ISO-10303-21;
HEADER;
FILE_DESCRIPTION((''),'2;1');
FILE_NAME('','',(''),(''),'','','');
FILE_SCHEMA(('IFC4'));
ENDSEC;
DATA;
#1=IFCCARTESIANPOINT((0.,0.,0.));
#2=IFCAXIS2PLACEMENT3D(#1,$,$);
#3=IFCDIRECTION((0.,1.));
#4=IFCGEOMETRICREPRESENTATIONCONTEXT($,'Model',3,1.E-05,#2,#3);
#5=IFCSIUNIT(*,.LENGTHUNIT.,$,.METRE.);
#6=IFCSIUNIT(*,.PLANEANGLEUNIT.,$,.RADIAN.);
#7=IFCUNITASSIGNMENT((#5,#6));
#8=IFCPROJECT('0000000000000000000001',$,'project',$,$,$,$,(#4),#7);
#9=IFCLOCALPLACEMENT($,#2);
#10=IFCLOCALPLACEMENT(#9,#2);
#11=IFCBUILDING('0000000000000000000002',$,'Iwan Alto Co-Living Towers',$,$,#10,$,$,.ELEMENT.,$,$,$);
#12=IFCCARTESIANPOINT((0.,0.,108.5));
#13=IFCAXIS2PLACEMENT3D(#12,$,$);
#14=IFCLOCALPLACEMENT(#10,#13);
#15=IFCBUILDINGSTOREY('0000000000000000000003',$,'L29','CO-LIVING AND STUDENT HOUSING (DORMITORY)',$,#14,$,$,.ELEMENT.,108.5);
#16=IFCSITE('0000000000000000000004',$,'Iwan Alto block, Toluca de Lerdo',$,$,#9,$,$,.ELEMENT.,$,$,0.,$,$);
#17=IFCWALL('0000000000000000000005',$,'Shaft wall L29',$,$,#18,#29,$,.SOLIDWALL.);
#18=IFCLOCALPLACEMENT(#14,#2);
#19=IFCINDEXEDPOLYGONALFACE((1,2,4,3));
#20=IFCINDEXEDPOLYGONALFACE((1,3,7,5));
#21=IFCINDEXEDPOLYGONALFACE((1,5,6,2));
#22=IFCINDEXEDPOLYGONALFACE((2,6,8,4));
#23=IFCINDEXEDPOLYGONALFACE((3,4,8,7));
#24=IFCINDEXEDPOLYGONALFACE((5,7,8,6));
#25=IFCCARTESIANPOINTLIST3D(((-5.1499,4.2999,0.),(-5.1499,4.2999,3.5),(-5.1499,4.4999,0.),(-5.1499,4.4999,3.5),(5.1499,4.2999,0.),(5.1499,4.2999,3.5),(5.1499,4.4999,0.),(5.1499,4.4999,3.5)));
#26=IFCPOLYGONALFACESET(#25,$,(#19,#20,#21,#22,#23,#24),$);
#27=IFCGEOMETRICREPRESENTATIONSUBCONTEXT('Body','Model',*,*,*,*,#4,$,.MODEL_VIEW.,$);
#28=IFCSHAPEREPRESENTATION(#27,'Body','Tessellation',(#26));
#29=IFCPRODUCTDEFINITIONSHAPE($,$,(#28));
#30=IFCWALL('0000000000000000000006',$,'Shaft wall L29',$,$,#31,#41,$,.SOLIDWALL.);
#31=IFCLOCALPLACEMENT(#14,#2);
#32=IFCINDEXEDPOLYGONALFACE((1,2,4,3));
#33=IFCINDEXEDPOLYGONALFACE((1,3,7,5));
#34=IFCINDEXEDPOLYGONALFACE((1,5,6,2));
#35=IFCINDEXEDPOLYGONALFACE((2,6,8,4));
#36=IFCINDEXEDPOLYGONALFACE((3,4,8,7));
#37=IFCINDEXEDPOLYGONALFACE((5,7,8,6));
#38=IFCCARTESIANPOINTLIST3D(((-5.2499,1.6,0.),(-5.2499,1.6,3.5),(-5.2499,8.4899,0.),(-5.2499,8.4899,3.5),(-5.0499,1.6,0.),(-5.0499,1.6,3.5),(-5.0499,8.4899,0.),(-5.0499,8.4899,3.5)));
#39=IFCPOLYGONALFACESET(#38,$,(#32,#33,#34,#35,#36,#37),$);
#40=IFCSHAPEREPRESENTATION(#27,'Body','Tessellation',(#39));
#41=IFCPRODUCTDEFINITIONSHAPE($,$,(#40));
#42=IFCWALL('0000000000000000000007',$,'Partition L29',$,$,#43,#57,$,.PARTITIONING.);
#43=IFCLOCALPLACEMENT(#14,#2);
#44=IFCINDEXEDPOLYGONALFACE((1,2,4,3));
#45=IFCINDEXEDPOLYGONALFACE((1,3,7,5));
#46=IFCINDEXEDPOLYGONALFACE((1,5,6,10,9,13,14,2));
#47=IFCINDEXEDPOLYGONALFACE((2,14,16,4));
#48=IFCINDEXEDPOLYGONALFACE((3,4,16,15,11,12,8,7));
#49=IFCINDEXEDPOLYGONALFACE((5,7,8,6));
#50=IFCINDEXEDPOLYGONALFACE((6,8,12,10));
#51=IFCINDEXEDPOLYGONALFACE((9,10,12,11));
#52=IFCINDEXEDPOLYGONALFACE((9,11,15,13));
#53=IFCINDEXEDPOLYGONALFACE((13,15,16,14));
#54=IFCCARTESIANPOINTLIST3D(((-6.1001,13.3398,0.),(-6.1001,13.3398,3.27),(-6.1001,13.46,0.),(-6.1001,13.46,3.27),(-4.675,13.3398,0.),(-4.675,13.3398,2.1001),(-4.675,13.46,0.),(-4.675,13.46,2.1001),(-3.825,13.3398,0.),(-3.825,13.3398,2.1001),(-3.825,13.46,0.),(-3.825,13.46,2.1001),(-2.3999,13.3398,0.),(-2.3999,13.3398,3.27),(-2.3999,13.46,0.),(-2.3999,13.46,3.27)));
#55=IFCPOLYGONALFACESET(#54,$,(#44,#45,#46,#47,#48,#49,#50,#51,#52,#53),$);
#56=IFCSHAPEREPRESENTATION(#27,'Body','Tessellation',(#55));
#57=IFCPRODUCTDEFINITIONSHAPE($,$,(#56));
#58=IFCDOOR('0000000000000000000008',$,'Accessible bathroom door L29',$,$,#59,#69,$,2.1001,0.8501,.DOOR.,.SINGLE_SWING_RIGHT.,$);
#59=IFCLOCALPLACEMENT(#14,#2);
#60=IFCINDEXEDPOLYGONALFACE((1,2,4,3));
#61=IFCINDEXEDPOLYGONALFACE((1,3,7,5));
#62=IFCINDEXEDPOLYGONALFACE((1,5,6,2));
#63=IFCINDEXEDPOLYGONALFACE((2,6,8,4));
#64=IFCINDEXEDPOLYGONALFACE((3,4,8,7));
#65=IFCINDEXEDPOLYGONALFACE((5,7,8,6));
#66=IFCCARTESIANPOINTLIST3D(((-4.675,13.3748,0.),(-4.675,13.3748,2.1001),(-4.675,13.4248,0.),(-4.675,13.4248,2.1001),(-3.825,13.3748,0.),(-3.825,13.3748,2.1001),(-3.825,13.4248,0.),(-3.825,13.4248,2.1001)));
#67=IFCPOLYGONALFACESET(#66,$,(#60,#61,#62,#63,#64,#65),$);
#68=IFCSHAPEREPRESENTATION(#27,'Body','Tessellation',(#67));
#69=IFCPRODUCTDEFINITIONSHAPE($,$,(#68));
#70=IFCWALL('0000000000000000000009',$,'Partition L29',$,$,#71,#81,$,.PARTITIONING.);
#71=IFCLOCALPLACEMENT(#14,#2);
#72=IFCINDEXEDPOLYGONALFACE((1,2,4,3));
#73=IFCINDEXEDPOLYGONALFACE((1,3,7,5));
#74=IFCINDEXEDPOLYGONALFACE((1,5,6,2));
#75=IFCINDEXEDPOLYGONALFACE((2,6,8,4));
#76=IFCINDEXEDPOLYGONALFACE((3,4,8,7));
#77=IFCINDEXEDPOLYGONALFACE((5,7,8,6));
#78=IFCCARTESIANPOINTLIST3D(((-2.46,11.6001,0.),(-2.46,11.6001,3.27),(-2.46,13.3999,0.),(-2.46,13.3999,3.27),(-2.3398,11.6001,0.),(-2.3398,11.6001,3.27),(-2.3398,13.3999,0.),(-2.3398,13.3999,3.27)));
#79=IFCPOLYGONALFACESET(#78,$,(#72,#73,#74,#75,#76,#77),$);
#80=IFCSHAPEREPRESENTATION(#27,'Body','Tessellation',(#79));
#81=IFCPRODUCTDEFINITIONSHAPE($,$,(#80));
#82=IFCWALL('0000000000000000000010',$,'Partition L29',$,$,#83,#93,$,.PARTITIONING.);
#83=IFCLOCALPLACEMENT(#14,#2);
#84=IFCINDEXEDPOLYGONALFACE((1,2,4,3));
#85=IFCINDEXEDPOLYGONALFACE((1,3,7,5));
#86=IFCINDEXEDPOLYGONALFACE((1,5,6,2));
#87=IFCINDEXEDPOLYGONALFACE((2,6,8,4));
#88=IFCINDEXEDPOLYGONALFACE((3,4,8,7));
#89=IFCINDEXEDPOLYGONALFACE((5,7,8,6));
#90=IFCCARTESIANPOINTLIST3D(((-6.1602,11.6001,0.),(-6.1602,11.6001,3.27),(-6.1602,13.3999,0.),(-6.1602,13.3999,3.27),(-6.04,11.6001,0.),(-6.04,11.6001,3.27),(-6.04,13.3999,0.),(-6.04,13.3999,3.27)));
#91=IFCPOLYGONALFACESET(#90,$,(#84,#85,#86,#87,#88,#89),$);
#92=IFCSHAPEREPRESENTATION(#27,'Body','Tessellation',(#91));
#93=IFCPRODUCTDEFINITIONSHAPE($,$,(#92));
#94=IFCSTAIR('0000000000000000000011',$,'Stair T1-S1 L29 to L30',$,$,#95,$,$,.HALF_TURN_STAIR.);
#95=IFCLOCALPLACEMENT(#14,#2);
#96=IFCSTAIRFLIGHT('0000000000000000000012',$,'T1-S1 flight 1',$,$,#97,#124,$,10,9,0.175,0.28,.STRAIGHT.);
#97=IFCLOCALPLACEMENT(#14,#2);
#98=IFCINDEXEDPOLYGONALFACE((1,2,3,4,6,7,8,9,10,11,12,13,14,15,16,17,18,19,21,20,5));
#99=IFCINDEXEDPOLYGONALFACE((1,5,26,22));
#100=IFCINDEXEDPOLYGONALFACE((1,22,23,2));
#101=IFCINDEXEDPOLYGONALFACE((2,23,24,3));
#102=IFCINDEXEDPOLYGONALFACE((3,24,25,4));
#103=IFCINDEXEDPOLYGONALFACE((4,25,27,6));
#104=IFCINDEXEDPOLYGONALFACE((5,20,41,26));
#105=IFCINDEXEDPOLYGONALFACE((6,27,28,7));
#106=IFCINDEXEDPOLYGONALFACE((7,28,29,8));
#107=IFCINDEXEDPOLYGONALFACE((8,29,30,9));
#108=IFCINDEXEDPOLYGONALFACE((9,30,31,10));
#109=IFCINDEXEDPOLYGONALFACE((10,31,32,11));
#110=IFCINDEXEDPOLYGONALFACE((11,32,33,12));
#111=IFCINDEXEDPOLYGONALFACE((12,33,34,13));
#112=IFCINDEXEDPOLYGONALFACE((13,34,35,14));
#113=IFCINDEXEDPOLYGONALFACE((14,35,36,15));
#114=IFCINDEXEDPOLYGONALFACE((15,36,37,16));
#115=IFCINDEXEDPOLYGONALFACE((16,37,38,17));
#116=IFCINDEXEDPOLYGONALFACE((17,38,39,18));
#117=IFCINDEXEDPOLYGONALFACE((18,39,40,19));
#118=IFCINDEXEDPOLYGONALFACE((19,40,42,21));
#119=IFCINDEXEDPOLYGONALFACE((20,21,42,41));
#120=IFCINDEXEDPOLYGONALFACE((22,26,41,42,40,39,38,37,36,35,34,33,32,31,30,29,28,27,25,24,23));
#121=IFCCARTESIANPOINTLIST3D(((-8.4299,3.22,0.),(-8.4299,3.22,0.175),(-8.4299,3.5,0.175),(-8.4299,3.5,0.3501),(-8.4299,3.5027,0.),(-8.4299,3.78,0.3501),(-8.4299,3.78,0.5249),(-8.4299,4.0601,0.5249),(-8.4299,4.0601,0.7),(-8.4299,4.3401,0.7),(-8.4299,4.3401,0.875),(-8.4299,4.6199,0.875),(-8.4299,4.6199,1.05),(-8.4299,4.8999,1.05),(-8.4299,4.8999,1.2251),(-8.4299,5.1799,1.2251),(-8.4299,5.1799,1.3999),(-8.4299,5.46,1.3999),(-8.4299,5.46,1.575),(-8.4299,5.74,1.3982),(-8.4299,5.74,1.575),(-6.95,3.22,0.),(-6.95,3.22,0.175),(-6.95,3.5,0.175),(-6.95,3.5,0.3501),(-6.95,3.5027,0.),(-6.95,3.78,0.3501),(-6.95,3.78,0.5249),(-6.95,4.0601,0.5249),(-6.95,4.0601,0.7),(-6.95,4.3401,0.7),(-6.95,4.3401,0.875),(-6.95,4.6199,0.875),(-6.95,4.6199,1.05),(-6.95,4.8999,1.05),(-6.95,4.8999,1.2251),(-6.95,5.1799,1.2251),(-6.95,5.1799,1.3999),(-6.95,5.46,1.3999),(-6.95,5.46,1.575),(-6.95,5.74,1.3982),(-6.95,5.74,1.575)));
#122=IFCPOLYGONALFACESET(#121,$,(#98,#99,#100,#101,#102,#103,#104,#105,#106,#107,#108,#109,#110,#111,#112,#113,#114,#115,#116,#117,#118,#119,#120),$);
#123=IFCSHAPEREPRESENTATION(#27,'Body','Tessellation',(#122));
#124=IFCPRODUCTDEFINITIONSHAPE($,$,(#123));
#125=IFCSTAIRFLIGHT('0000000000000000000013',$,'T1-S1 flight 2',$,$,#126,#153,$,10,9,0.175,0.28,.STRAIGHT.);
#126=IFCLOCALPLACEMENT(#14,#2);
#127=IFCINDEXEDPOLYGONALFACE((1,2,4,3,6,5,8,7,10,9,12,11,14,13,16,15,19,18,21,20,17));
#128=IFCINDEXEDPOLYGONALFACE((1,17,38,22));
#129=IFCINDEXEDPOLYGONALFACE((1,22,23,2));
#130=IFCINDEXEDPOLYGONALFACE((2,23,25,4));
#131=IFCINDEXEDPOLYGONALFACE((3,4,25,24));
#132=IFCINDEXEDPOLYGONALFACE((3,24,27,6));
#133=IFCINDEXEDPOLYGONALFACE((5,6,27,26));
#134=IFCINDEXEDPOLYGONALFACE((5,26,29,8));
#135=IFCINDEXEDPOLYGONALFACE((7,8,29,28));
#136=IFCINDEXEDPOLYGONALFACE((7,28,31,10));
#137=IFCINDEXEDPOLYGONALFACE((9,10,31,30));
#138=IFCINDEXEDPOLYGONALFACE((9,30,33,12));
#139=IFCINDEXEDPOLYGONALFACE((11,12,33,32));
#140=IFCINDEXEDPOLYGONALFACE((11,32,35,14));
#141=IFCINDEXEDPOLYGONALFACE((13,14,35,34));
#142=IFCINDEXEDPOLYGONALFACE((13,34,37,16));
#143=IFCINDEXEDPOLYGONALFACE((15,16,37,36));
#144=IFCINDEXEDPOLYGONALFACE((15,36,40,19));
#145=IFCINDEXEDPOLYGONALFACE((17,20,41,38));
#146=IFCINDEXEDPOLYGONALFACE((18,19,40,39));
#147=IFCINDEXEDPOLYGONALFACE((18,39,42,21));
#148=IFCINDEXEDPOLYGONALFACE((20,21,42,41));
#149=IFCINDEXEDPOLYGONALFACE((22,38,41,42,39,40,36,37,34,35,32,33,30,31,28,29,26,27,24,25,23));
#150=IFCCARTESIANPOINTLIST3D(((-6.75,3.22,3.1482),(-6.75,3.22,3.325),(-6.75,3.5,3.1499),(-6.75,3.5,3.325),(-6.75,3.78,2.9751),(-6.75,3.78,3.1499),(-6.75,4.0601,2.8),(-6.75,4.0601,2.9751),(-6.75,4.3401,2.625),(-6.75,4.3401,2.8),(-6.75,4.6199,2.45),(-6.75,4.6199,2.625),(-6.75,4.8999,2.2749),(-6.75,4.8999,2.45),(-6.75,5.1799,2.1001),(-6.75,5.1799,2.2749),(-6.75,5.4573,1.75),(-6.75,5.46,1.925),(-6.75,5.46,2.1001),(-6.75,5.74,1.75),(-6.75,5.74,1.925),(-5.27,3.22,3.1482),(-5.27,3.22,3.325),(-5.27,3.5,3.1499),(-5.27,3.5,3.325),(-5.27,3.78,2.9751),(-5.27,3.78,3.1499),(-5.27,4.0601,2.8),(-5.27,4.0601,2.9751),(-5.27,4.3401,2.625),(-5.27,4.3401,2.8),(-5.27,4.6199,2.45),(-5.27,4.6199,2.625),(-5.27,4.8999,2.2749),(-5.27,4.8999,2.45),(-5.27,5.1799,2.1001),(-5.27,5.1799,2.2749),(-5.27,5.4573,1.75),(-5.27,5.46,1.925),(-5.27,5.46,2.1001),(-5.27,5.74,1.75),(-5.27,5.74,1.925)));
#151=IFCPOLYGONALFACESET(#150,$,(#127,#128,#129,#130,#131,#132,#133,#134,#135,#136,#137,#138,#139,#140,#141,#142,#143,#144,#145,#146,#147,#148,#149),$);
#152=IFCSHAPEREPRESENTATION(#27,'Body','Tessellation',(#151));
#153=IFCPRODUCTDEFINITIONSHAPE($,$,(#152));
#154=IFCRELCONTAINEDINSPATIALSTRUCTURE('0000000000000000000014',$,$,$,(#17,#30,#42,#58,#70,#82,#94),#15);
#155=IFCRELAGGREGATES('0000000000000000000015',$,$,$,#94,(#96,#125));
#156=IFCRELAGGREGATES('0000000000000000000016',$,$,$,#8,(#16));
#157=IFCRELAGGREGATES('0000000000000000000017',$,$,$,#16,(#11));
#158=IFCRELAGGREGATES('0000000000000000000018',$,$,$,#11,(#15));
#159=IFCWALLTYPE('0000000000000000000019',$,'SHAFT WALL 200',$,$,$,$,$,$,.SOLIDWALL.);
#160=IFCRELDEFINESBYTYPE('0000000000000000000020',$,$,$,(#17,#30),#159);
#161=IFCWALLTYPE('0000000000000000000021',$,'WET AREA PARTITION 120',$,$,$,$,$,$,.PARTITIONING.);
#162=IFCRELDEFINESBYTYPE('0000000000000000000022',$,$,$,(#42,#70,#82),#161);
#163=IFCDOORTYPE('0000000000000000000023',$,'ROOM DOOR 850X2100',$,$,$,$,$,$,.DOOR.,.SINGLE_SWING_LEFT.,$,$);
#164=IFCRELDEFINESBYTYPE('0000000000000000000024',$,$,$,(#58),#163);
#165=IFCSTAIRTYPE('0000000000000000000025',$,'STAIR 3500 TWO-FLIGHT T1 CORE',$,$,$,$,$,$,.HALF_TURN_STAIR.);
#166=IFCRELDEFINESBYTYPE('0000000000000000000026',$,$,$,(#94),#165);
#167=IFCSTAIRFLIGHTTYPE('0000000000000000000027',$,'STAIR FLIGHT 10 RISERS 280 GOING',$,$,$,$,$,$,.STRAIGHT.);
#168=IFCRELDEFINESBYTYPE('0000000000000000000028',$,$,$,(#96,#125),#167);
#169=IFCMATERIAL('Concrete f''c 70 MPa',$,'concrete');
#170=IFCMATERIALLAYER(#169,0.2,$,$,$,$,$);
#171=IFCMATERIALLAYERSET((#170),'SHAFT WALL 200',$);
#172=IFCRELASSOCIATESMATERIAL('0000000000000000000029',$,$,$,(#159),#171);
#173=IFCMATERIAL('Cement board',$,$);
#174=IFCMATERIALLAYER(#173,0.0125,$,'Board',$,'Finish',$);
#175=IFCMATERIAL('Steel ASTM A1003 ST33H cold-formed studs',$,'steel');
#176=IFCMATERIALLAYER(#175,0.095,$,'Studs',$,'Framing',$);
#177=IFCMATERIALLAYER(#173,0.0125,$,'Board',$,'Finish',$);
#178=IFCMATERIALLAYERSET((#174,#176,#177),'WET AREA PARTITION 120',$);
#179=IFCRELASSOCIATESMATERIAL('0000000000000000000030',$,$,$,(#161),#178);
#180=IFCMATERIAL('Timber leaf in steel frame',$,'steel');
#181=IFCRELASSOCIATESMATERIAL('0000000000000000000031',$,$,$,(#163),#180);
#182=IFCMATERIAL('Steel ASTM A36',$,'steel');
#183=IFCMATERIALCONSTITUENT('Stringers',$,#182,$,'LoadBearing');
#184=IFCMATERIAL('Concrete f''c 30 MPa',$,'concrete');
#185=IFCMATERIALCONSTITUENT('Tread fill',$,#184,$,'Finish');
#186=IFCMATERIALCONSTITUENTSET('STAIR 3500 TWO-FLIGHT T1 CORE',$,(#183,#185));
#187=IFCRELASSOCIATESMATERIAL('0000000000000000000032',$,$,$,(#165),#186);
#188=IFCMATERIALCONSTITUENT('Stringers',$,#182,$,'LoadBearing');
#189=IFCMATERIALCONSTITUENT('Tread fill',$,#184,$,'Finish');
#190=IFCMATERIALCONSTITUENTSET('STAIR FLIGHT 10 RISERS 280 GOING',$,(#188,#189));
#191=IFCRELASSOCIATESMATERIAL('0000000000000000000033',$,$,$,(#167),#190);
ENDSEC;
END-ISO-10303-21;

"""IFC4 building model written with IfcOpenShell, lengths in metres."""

from ifc_helpers import new_model, si_unit, direction, frame, frame_2d, origin, place, context, subcontext, project, spatial, polyline, rectangle, outline, extrude, material, layer, layer_set, constituent, constituent_set, type_object, element, fill, aggregate, save


model = new_model("IFC4")

# Units and contexts
model_context = context("Model", 3, precision=1e-05, world=origin(), true_north=direction((0.0, 1.0)))
body_context = subcontext(model_context, "Body", "Model", "MODEL_VIEW")
ifc_project = project(units=[si_unit("LENGTHUNIT", "METRE"), si_unit("PLANEANGLEUNIT", "RADIAN")], contexts=[model_context])

# Site, building, storey
site_placement = place(None, origin())
site = spatial("IfcSite", under=ifc_project, at=site_placement, Name="Iwan Alto block, Toluca de Lerdo", CompositionType="ELEMENT", RefElevation=0.0)
building_placement = place(site_placement, origin())
building = spatial("IfcBuilding", under=site, at=building_placement, Name="Iwan Alto Co-Living Towers", CompositionType="ELEMENT")
storey_placement = place(building_placement, frame((0.0, 0.0, 108.5)))
storey = spatial("IfcBuildingStorey", under=building, at=storey_placement, Name="L29", Description="CO-LIVING AND STUDENT HOUSING (DORMITORY)", CompositionType="ELEMENT", Elevation=108.5)

# Walls
ifc_material_1 = material(Name="Concrete f'c 70 MPa", Category="concrete")
ifc_layer_1 = layer(ifc_material_1, 0.2)
ifc_layer_set_1 = layer_set([ifc_layer_1], Name="SHAFT WALL 200")
wall_type_1 = type_object("IfcWallType", Name="SHAFT WALL 200", PredefinedType="SOLIDWALL", material=ifc_layer_set_1)
wall_1_placement = place(storey_placement, frame((-5.1499, 4.3999, 0.0), z_axis=(0.0, 0.0, 1.0), x_axis=(1.0, 0.0, 0.0)))
element("IfcWall", 1, at=wall_1_placement, inside=storey, type_object=wall_type_1, Name="Shaft wall L29", PredefinedType="SOLIDWALL", context=body_context, shape_type="SweptSolid", body=[
    extrude(rectangle(XDim=10.2998, YDim=0.2, at=frame_2d((5.1499, 0.0))), origin(), (0.0, 0.0, 1.0), 3.5),
])
wall_2_placement = place(storey_placement, frame((-5.1499, 1.6001, 0.0), z_axis=(0.0, 0.0, 1.0), x_axis=(0.0, 1.0, 0.0)))
element("IfcWall", 2, at=wall_2_placement, inside=storey, type_object=wall_type_1, Name="Shaft wall L29", PredefinedType="SOLIDWALL", context=body_context, shape_type="SweptSolid", body=[
    extrude(rectangle(XDim=6.8899, YDim=0.2, at=frame_2d((3.4448, 0.0))), origin(), (0.0, 0.0, 1.0), 3.5),
])

# Wall, opening, door
ifc_material_2 = material(Name="Cement board")
ifc_layer_2 = layer(ifc_material_2, 0.0125, Name="Board", Category="Finish")
ifc_material_3 = material(Name="Steel ASTM A1003 ST33H cold-formed studs", Category="steel")
ifc_layer_3 = layer(ifc_material_3, 0.095, Name="Studs", Category="Framing")
ifc_layer_4 = layer(ifc_material_2, 0.0125, Name="Board", Category="Finish")
ifc_layer_set_2 = layer_set([ifc_layer_2, ifc_layer_3, ifc_layer_4], Name="WET AREA PARTITION 120")
wall_type_2 = type_object("IfcWallType", Name="WET AREA PARTITION 120", PredefinedType="PARTITIONING", material=ifc_layer_set_2)
wall_3_placement = place(storey_placement, frame((-6.1001, 13.3999, 0.0), z_axis=(0.0, 0.0, 1.0), x_axis=(1.0, 0.0, 0.0)))
wall_3 = element("IfcWall", 3, at=wall_3_placement, inside=storey, type_object=wall_type_2, Name="Partition L29", PredefinedType="PARTITIONING", context=body_context, shape_type="SweptSolid", body=[
    extrude(rectangle(XDim=3.7002, YDim=0.1201, at=frame_2d((1.8501, 0.0))), origin(), (0.0, 0.0, 1.0), 3.27),
])
opening_placement = place(wall_3_placement, frame((1.425, 0.0, 0.0)))
opening = element("IfcOpeningElement", 4, at=opening_placement, cuts=wall_3, PredefinedType="OPENING", context=body_context, shape_type="SweptSolid", body=[
    extrude(rectangle(XDim=0.8501, YDim=2.1001, at=frame_2d((0.425, 1.05))), frame((0.0, 0.0701, 0.0), z_axis=(0.0, -1.0, 0.0), x_axis=(1.0, 0.0, 0.0)), (0.0, 0.0, 1.0), 0.1401),
])
ifc_material_4 = material(Name="Timber leaf in steel frame", Category="steel")
door_type = type_object("IfcDoorType", Name="ROOM DOOR 850X2100", OperationType="SINGLE_SWING_LEFT", PredefinedType="DOOR", material=ifc_material_4)
door_placement = place(opening_placement, origin())
door = element("IfcDoor", 5, at=door_placement, inside=storey, type_object=door_type, Name="Accessible bathroom door L29", OperationType="SINGLE_SWING_RIGHT", OverallHeight=2.1001, OverallWidth=0.8501, PredefinedType="DOOR", context=body_context, shape_type="SweptSolid", body=[
    extrude(rectangle(XDim=0.8501, YDim=2.1001, at=frame_2d((0.425, 1.05))), frame((0.0, 0.0249, 0.0), z_axis=(0.0, -1.0, 0.0), x_axis=(1.0, 0.0, 0.0)), (0.0, 0.0, 1.0), 0.05),
])
fill(opening, door)

# Walls
for number, where, z_axis, x_axis, name in (
    (6, (-2.3999, 11.6001, 0.0), (0.0, 0.0, 1.0), (0.0, 1.0, 0.0), "Partition L29"),
    (7, (-6.1001, 11.6001, 0.0), (0.0, 0.0, 1.0), (0.0, 1.0, 0.0), "Partition L29"),
):
    element("IfcWall", number, at=place(storey_placement, frame(where, z_axis=z_axis, x_axis=x_axis)), inside=storey, type_object=wall_type_2, Name=name, PredefinedType="PARTITIONING", context=body_context, shape_type="SweptSolid", body=[
        extrude(rectangle(XDim=1.7998, YDim=0.1201, at=frame_2d((0.8999, 0.0))), origin(), (0.0, 0.0, 1.0), 3.27),
    ])

# Stair, stair flights
ifc_material_5 = material(Name="Steel ASTM A36", Category="steel")
ifc_constituent_1 = constituent(ifc_material_5, Name="Stringers", Category="LoadBearing")
ifc_material_6 = material(Name="Concrete f'c 30 MPa", Category="concrete")
ifc_constituent_2 = constituent(ifc_material_6, Name="Tread fill", Category="Finish")
ifc_constituent_set_1 = constituent_set(constituents=[ifc_constituent_1, ifc_constituent_2], Name="STAIR 3500 TWO-FLIGHT T1 CORE")
stair_type = type_object("IfcStairType", Name="STAIR 3500 TWO-FLIGHT T1 CORE", PredefinedType="HALF_TURN_STAIR", material=ifc_constituent_set_1)
stair_placement = place(storey_placement, origin())
stair = element("IfcStair", 8, at=stair_placement, inside=storey, type_object=stair_type, Name="Stair T1-S1 L29 to L30", PredefinedType="HALF_TURN_STAIR")
ifc_constituent_3 = constituent(ifc_material_5, Name="Stringers", Category="LoadBearing")
ifc_constituent_4 = constituent(ifc_material_6, Name="Tread fill", Category="Finish")
ifc_constituent_set_2 = constituent_set(constituents=[ifc_constituent_3, ifc_constituent_4], Name="STAIR FLIGHT 10 RISERS 280 GOING")
stair_flight_type = type_object("IfcStairFlightType", Name="STAIR FLIGHT 10 RISERS 280 GOING", PredefinedType="STRAIGHT", material=ifc_constituent_set_2)
stair_flight_1_placement = place(storey_placement, frame((-7.6899, 3.22, 0.0), z_axis=(0.0, 0.0, 1.0), x_axis=(0.0, 1.0, 0.0)))
stair_flight_1 = element("IfcStairFlight", 9, at=stair_flight_1_placement, type_object=stair_flight_type, Name="T1-S1 flight 1", NumberOfRisers=10, NumberOfTreads=9, PredefinedType="STRAIGHT", RiserHeight=0.175, TreadLength=0.28, context=body_context, shape_type="SweptSolid", body=[
    extrude(outline(polyline([(0.0, 0.0), (0.0, 0.175), (0.28, 0.175), (0.28, 0.3501), (0.5601, 0.3501), (0.5601, 0.5249), (0.8401, 0.5249), (0.8401, 0.7), (1.1201, 0.7), (1.1201, 0.875), (1.3999, 0.875), (1.3999, 1.05), (1.6799, 1.05), (1.6799, 1.2251), (1.96, 1.2251), (1.96, 1.3999), (2.24, 1.3999), (2.24, 1.575), (2.52, 1.575), (2.52, 1.75), (2.52, 1.3982), (0.2827, 0.0), (0.0, 0.0)])), frame((0.0, 0.74, 0.0), z_axis=(0.0, -1.0, 0.0), x_axis=(1.0, 0.0, 0.0)), (0.0, 0.0, 1.0), 1.48),
])
stair_flight_2_placement = place(storey_placement, frame((-6.01, 5.74, 1.75), z_axis=(0.0, 0.0, 1.0), x_axis=(0.0, -1.0, 0.0)))
stair_flight_2 = element("IfcStairFlight", 10, at=stair_flight_2_placement, type_object=stair_flight_type, Name="T1-S1 flight 2", NumberOfRisers=10, NumberOfTreads=9, PredefinedType="STRAIGHT", RiserHeight=0.175, TreadLength=0.28, context=body_context, shape_type="SweptSolid", body=[
    extrude(outline(polyline([(0.0, 0.0), (0.0, 0.175), (0.28, 0.175), (0.28, 0.3501), (0.5601, 0.3501), (0.5601, 0.5249), (0.8401, 0.5249), (0.8401, 0.7), (1.1201, 0.7), (1.1201, 0.875), (1.3999, 0.875), (1.3999, 1.05), (1.6799, 1.05), (1.6799, 1.2251), (1.96, 1.2251), (1.96, 1.3999), (2.24, 1.3999), (2.24, 1.575), (2.52, 1.575), (2.52, 1.75), (2.52, 1.3982), (0.2827, 0.0), (0.0, 0.0)])), frame((0.0, 0.74, 0.0), z_axis=(0.0, -1.0, 0.0), x_axis=(1.0, 0.0, 0.0)), (0.0, 0.0, 1.0), 1.48),
])
aggregate(stair, [stair_flight_1, stair_flight_2])

save(model, "model.ifc")
